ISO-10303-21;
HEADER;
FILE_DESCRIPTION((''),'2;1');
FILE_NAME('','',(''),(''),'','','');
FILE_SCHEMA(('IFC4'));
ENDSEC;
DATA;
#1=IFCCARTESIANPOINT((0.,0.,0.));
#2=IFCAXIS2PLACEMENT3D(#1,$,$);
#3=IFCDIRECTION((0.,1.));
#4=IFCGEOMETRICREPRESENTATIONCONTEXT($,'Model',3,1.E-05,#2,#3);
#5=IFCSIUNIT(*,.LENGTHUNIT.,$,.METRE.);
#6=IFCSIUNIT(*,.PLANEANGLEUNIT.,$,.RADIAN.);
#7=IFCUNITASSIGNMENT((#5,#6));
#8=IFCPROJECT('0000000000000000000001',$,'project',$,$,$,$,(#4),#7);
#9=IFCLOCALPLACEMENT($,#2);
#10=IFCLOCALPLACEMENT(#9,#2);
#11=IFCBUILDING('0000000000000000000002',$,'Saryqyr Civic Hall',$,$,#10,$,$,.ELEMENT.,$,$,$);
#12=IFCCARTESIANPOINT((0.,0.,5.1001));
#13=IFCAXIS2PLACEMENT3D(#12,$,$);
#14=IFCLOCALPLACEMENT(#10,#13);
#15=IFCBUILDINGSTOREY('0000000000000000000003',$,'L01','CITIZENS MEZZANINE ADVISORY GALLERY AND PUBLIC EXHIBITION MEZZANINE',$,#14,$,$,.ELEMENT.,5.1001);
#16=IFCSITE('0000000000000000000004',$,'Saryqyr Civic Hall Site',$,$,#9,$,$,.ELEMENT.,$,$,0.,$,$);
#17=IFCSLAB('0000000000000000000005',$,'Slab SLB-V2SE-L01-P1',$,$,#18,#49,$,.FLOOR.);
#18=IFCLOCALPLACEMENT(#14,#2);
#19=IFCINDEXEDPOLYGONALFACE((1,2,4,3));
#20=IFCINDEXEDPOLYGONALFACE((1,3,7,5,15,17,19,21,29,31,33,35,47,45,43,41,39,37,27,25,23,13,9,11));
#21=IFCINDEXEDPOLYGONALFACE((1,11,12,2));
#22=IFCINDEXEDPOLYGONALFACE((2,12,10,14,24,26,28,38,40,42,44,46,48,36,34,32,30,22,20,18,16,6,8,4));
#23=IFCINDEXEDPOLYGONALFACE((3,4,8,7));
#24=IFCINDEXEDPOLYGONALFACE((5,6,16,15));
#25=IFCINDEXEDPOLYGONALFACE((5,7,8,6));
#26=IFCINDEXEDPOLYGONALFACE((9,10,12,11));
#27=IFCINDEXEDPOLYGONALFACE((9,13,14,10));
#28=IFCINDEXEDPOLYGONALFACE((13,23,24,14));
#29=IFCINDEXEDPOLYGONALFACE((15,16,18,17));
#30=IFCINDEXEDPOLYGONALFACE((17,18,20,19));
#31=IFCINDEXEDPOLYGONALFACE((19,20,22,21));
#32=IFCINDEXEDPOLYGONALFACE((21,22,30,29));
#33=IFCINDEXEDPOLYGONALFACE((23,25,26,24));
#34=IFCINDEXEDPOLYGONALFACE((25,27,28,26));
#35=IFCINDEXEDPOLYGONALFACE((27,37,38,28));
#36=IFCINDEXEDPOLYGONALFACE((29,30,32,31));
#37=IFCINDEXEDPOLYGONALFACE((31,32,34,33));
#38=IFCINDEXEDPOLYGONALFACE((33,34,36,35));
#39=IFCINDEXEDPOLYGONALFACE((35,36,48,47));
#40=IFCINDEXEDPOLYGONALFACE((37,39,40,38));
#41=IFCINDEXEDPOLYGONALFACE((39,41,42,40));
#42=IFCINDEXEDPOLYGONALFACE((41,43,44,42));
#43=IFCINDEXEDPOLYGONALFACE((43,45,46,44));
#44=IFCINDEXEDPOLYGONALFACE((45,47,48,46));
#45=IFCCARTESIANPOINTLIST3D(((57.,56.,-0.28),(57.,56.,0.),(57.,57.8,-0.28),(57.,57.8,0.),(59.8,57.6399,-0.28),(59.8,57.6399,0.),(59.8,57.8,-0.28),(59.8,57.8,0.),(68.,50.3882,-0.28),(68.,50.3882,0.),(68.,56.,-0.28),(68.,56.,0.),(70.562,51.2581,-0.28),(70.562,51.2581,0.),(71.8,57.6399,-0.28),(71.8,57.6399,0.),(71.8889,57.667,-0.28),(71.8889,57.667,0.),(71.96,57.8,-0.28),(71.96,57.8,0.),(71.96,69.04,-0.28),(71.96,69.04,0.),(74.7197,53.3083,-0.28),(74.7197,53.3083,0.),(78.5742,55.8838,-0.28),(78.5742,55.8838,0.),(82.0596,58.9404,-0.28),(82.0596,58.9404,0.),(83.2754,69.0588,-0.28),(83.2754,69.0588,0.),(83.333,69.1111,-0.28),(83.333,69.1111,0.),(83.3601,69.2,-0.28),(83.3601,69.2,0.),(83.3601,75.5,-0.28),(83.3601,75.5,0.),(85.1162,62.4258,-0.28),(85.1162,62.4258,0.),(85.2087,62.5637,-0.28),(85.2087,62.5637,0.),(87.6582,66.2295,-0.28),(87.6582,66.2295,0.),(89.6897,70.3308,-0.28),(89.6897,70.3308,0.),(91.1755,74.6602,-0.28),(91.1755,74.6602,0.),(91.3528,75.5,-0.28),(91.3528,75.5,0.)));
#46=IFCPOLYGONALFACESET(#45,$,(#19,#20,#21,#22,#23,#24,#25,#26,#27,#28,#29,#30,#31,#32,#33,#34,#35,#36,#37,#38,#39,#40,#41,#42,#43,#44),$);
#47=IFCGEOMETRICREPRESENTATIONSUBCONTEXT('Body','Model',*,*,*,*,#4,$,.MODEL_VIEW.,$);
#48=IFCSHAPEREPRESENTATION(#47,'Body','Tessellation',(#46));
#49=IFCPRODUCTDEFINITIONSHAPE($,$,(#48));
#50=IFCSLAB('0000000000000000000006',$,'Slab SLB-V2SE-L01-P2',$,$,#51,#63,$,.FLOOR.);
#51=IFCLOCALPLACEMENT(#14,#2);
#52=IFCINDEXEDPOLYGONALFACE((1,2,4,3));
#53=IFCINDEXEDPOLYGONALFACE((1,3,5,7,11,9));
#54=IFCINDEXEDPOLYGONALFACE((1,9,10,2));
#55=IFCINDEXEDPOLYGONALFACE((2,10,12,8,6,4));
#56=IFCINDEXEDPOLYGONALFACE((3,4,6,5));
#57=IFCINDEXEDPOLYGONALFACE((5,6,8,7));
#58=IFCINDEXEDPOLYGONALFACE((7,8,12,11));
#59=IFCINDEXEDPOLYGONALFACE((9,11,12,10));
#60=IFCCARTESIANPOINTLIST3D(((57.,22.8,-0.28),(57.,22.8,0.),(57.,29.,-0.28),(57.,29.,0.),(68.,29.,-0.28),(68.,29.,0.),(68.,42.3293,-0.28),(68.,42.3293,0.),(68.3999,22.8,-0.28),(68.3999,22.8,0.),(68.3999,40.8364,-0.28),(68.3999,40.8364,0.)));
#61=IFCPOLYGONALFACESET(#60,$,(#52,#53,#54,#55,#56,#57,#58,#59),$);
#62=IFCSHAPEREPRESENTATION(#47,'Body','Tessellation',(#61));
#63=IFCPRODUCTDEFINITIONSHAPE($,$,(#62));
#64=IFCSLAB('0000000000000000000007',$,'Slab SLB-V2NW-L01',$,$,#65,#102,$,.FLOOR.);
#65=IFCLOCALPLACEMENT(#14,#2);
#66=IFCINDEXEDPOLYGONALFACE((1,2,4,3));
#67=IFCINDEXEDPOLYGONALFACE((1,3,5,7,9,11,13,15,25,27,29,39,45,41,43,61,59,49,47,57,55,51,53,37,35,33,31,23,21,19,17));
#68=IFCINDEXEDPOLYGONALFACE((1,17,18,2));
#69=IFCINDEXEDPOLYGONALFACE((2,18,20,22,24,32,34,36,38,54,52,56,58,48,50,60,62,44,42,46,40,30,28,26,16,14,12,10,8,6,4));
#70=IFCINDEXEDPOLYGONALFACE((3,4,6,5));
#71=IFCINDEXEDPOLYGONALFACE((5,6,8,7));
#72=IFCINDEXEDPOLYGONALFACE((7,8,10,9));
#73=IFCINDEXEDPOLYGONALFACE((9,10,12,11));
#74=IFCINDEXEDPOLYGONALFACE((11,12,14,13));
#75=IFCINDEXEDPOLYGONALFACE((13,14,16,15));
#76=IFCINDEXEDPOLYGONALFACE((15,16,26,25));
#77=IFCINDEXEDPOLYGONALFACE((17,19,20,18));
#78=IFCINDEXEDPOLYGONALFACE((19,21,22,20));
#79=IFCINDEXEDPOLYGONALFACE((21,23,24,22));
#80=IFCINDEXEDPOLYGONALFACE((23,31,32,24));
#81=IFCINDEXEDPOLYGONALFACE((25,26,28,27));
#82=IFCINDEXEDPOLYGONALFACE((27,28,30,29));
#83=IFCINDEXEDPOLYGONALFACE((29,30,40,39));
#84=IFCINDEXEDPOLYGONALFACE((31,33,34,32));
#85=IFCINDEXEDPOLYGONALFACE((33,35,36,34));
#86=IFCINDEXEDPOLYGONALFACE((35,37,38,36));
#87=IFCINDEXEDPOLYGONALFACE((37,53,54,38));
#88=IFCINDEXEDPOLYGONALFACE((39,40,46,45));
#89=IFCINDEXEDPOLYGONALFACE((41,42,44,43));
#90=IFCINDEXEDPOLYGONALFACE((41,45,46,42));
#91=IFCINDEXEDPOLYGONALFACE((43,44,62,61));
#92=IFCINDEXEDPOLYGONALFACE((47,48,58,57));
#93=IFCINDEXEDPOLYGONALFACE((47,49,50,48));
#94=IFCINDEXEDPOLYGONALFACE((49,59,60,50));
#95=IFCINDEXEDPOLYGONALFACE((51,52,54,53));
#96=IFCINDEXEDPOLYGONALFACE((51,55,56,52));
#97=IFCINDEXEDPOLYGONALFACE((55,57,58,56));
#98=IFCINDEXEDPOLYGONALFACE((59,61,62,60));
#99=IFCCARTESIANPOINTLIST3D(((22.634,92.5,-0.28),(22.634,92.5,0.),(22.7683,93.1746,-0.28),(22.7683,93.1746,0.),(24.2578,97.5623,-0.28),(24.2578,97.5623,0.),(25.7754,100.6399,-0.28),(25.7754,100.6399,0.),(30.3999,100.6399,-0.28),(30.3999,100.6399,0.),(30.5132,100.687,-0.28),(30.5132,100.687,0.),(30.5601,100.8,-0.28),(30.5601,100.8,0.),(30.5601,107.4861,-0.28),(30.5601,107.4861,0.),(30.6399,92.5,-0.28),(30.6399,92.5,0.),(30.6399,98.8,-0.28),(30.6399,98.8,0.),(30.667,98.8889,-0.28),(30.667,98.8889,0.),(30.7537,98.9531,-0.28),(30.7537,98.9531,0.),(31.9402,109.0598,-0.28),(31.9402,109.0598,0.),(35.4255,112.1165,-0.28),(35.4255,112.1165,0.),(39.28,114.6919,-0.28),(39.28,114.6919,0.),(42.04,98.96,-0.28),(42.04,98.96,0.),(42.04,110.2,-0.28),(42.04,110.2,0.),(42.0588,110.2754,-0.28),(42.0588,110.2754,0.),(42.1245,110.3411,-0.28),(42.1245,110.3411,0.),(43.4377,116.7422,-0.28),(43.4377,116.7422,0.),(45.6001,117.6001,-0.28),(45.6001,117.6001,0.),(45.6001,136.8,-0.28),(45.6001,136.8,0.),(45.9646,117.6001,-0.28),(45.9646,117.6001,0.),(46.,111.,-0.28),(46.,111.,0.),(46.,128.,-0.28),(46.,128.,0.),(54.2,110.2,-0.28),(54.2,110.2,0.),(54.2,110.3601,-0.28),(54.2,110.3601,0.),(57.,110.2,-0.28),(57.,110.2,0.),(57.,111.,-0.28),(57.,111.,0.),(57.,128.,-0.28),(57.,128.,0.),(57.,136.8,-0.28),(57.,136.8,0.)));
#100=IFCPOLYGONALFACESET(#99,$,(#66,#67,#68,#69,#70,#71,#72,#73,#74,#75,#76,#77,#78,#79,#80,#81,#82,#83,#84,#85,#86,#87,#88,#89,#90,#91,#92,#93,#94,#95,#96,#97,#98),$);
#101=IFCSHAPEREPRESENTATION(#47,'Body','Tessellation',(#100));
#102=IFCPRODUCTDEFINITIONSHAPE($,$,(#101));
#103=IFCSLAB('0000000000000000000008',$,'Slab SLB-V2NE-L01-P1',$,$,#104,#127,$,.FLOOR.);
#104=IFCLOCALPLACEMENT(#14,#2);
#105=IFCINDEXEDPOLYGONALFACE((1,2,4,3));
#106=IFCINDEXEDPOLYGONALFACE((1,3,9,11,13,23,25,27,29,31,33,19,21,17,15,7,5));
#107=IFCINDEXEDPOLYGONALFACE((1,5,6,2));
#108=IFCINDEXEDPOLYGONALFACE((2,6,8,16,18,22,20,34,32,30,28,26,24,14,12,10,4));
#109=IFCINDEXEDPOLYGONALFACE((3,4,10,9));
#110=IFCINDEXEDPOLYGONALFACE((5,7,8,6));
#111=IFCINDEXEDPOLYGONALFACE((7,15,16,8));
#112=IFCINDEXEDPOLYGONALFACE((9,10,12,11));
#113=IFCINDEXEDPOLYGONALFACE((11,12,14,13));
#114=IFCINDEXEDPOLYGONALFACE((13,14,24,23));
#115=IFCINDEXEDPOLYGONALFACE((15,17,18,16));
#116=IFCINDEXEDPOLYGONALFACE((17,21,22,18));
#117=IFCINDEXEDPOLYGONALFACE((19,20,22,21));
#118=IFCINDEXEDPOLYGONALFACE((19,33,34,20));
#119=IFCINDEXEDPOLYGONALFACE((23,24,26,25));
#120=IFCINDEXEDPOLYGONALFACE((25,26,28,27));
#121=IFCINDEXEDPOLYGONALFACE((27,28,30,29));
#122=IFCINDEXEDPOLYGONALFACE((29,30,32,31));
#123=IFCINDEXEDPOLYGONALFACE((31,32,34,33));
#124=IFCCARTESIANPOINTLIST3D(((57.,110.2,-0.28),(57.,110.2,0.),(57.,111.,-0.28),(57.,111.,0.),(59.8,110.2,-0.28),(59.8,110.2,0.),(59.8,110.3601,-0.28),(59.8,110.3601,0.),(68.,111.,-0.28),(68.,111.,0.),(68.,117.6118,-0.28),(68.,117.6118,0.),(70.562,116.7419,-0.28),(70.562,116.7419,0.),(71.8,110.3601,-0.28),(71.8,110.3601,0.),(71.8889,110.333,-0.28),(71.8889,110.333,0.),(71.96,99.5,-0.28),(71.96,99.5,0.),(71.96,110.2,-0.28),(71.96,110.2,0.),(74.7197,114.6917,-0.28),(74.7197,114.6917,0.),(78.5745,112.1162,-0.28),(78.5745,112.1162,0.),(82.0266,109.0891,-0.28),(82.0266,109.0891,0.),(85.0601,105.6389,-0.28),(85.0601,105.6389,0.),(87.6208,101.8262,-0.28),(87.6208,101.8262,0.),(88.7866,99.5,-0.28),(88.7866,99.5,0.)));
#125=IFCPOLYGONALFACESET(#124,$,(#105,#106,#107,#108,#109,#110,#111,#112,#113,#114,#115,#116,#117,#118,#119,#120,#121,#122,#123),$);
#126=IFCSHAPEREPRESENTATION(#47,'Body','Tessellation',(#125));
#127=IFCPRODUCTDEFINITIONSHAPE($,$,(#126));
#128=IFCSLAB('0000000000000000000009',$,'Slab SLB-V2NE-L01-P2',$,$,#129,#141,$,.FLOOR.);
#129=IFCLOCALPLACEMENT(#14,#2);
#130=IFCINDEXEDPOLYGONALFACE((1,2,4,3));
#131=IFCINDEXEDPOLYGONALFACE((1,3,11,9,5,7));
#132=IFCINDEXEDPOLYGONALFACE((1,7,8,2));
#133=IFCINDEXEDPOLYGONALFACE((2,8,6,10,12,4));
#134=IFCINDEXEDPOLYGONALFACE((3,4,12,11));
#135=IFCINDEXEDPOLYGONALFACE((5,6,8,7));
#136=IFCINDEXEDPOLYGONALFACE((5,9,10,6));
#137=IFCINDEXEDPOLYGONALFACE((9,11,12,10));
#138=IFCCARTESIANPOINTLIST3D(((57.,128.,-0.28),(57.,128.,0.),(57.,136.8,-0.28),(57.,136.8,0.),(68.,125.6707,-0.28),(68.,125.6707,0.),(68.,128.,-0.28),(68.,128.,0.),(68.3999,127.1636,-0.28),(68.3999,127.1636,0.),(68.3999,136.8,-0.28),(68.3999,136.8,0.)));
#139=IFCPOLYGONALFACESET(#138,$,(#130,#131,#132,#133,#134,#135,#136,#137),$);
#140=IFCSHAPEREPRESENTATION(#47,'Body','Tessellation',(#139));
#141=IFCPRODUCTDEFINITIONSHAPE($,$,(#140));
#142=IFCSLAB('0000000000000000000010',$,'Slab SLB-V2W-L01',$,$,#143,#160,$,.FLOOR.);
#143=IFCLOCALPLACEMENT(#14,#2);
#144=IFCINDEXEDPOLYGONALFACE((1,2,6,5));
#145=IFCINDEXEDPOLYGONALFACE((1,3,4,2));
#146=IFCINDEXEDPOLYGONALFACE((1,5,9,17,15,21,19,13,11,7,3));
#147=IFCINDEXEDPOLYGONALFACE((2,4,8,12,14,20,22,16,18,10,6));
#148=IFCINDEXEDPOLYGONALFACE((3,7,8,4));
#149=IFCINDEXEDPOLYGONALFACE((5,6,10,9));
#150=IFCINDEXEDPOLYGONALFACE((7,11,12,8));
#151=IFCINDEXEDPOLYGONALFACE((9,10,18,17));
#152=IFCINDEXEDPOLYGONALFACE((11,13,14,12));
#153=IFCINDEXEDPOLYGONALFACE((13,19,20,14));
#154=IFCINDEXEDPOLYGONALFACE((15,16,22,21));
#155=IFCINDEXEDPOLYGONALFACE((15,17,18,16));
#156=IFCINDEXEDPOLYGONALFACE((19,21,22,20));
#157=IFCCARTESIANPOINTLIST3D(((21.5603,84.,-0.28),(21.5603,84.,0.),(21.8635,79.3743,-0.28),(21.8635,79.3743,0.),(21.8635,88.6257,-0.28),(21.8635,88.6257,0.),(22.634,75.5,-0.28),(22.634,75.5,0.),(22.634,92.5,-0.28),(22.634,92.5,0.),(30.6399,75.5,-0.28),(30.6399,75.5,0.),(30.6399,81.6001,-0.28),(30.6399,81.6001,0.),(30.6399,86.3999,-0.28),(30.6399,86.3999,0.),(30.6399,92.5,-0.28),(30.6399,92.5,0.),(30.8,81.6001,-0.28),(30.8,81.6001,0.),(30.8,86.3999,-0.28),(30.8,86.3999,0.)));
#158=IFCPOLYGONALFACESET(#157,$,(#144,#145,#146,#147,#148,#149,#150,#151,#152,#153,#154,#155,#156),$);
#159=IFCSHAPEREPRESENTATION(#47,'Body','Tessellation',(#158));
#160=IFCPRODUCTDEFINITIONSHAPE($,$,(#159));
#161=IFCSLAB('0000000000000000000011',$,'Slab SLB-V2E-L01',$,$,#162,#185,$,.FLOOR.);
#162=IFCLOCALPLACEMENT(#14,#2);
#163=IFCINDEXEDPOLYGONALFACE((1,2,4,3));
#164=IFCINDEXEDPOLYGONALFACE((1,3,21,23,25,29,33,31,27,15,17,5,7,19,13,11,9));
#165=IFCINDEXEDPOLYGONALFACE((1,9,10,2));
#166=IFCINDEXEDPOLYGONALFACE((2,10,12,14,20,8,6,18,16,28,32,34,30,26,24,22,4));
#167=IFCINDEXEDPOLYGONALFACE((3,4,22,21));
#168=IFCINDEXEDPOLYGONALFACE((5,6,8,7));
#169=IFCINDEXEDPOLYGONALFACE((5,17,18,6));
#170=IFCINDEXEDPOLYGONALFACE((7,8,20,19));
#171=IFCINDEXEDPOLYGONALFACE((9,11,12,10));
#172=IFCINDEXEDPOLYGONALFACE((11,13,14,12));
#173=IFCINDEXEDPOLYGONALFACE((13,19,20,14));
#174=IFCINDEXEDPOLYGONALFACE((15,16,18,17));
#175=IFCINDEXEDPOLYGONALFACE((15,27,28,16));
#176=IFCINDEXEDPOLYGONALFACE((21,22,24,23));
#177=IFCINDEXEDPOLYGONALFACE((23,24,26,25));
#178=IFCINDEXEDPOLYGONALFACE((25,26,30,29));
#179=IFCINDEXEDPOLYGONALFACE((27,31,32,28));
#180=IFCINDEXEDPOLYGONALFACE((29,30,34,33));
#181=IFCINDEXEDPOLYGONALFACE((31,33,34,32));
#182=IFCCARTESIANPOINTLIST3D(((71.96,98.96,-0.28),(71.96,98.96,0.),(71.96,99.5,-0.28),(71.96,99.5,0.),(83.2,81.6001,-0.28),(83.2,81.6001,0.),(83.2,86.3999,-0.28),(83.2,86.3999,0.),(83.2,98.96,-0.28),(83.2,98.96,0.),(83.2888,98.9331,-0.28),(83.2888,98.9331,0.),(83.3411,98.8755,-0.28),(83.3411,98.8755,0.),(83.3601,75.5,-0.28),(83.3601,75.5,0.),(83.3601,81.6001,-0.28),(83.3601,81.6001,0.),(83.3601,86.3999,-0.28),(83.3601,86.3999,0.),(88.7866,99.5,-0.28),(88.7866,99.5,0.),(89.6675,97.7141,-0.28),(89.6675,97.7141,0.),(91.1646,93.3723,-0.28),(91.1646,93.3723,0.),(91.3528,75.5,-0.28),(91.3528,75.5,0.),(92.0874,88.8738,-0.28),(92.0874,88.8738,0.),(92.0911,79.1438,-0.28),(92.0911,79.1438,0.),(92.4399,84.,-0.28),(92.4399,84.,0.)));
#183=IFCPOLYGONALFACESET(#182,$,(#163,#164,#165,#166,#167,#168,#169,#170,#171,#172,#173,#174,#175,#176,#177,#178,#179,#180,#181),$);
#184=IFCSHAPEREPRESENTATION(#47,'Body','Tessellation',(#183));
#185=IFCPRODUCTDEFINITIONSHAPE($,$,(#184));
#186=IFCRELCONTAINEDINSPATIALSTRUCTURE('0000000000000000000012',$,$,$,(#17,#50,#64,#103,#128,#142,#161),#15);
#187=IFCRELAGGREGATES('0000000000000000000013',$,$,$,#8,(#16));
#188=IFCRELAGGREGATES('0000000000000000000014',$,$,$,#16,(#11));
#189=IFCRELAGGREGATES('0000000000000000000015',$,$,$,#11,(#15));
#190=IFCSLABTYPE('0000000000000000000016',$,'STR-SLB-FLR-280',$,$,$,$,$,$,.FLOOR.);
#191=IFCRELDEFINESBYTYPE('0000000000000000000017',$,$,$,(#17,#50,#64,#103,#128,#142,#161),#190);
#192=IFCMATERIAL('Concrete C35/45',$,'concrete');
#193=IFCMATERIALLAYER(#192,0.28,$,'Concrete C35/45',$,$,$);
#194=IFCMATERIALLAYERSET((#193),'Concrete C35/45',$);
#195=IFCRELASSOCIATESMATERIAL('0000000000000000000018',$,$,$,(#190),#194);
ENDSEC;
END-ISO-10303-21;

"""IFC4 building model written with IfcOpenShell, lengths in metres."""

from ifc_helpers import new_model, si_unit, direction, frame, origin, place, context, subcontext, project, spatial, polyline, outline, extrude, material, layer, layer_set, type_object, element, save


model = new_model("IFC4")

# Units and contexts
model_context = context("Model", 3, precision=1e-05, world=origin(), true_north=direction((0.0, 1.0)))
body_context = subcontext(model_context, "Body", "Model", "MODEL_VIEW")
ifc_project = project(units=[si_unit("LENGTHUNIT", "METRE"), si_unit("PLANEANGLEUNIT", "RADIAN")], contexts=[model_context])

# Site, building, storey
site_placement = place(None, origin())
site = spatial("IfcSite", under=ifc_project, at=site_placement, Name="Saryqyr Civic Hall Site", CompositionType="ELEMENT", RefElevation=0.0)
building_placement = place(site_placement, origin())
building = spatial("IfcBuilding", under=site, at=building_placement, Name="Saryqyr Civic Hall", CompositionType="ELEMENT")
storey_placement = place(building_placement, frame((0.0, 0.0, 5.1001)))
storey = spatial("IfcBuildingStorey", under=building, at=storey_placement, Name="L01", Description="CITIZENS MEZZANINE ADVISORY GALLERY AND PUBLIC EXHIBITION MEZZANINE", CompositionType="ELEMENT", Elevation=5.1001)

# Slabs
ifc_material_1 = material(Name="Concrete C35/45", Category="concrete")
ifc_layer_1 = layer(ifc_material_1, 0.28, Name="Concrete C35/45")
ifc_layer_set_1 = layer_set([ifc_layer_1], Name="Concrete C35/45")
slab_type_1 = type_object("IfcSlabType", Name="STR-SLB-FLR-280", PredefinedType="FLOOR", material=ifc_layer_set_1)
slab_1_placement = place(storey_placement, frame((0.0, 0.0, -0.28)))
element("IfcSlab", 1, at=slab_1_placement, inside=storey, type_object=slab_type_1, Name="Slab SLB-V2SE-L01-P1", PredefinedType="FLOOR", context=body_context, shape_type="SweptSolid", body=[
    extrude(outline(polyline([(89.6897, 70.3308), (87.6582, 66.2295), (85.2087, 62.5637), (85.1162, 62.4258), (82.0596, 58.9404), (78.5742, 55.8838), (74.7197, 53.3083), (70.562, 51.2581), (68.0, 50.3882), (68.0, 56.0), (57.0, 56.0), (57.0, 57.8), (59.8, 57.8), (59.8, 57.6399), (71.8, 57.6399), (71.8889, 57.667), (71.96, 57.8), (71.96, 69.04), (83.2754, 69.0588), (83.333, 69.1111), (83.3601, 69.2), (83.3601, 75.5), (91.3528, 75.5), (91.1755, 74.6602), (89.6897, 70.3308)])), origin(), (0.0, 0.0, 1.0), 0.28),
])
slab_2_placement = place(storey_placement, frame((0.0, 0.0, -0.28)))
element("IfcSlab", 2, at=slab_2_placement, inside=storey, type_object=slab_type_1, Name="Slab SLB-V2SE-L01-P2", PredefinedType="FLOOR", context=body_context, shape_type="SweptSolid", body=[
    extrude(outline(polyline([(68.3999, 40.8364), (68.3999, 22.8), (57.0, 22.8), (57.0, 29.0), (68.0, 29.0), (68.0, 42.3293), (68.3999, 40.8364)])), origin(), (0.0, 0.0, 1.0), 0.28),
])
slab_3_placement = place(storey_placement, frame((0.0, 0.0, -0.28)))
element("IfcSlab", 3, at=slab_3_placement, inside=storey, type_object=slab_type_1, Name="Slab SLB-V2NW-L01", PredefinedType="FLOOR", context=body_context, shape_type="SweptSolid", body=[
    extrude(outline(polyline([(30.3999, 100.6399), (30.5132, 100.687), (30.5601, 100.8), (30.5601, 107.4861), (31.9402, 109.0598), (35.4255, 112.1165), (39.28, 114.6919), (43.4377, 116.7422), (45.9646, 117.6001), (45.6001, 117.6001), (45.6001, 136.8), (57.0, 136.8), (57.0, 128.0), (46.0, 128.0), (46.0, 111.0), (57.0, 111.0), (57.0, 110.2), (54.2, 110.2), (54.2, 110.3601), (42.1245, 110.3411), (42.0588, 110.2754), (42.04, 110.2), (42.04, 98.96), (30.7537, 98.9531), (30.667, 98.8889), (30.6399, 98.8), (30.6399, 92.5), (22.634, 92.5), (22.7683, 93.1746), (24.2578, 97.5623), (25.7754, 100.6399), (30.3999, 100.6399)])), origin(), (0.0, 0.0, 1.0), 0.28),
])
slab_4_placement = place(storey_placement, frame((0.0, 0.0, -0.28)))
element("IfcSlab", 4, at=slab_4_placement, inside=storey, type_object=slab_type_1, Name="Slab SLB-V2NE-L01-P1", PredefinedType="FLOOR", context=body_context, shape_type="SweptSolid", body=[
    extrude(outline(polyline([(70.562, 116.7419), (74.7197, 114.6917), (78.5745, 112.1162), (82.0266, 109.0891), (85.0601, 105.6389), (87.6208, 101.8262), (88.7866, 99.5), (71.96, 99.5), (71.96, 110.2), (71.8889, 110.333), (71.8, 110.3601), (59.8, 110.3601), (59.8, 110.2), (57.0, 110.2), (57.0, 111.0), (68.0, 111.0), (68.0, 117.6118), (70.562, 116.7419)])), origin(), (0.0, 0.0, 1.0), 0.28),
])
slab_5_placement = place(storey_placement, frame((0.0, 0.0, -0.28)))
element("IfcSlab", 5, at=slab_5_placement, inside=storey, type_object=slab_type_1, Name="Slab SLB-V2NE-L01-P2", PredefinedType="FLOOR", context=body_context, shape_type="SweptSolid", body=[
    extrude(outline(polyline([(68.0, 125.6707), (68.0, 128.0), (57.0, 128.0), (57.0, 136.8), (68.3999, 136.8), (68.3999, 127.1636), (68.0, 125.6707)])), origin(), (0.0, 0.0, 1.0), 0.28),
])
slab_6_placement = place(storey_placement, frame((0.0, 0.0, -0.28)))
element("IfcSlab", 6, at=slab_6_placement, inside=storey, type_object=slab_type_1, Name="Slab SLB-V2W-L01", PredefinedType="FLOOR", context=body_context, shape_type="SweptSolid", body=[
    extrude(outline(polyline([(21.5603, 84.0), (21.8635, 88.6257), (22.634, 92.5), (30.6399, 92.5), (30.6399, 86.3999), (30.8, 86.3999), (30.8, 81.6001), (30.6399, 81.6001), (30.6399, 75.5), (22.634, 75.5), (21.8635, 79.3743), (21.5603, 84.0)])), origin(), (0.0, 0.0, 1.0), 0.28),
])
slab_7_placement = place(storey_placement, frame((0.0, 0.0, -0.28)))
element("IfcSlab", 7, at=slab_7_placement, inside=storey, type_object=slab_type_1, Name="Slab SLB-V2E-L01", PredefinedType="FLOOR", context=body_context, shape_type="SweptSolid", body=[
    extrude(outline(polyline([(89.6675, 97.7141), (91.1646, 93.3723), (92.0874, 88.8738), (92.4399, 84.0), (92.0911, 79.1438), (91.3528, 75.5), (83.3601, 75.5), (83.3601, 81.6001), (83.2, 81.6001), (83.2, 86.3999), (83.3601, 86.3999), (83.3411, 98.8755), (83.2888, 98.9331), (83.2, 98.96), (71.96, 98.96), (71.96, 99.5), (88.7866, 99.5), (89.6675, 97.7141)])), origin(), (0.0, 0.0, 1.0), 0.28),
])

save(model, "model.ifc")
